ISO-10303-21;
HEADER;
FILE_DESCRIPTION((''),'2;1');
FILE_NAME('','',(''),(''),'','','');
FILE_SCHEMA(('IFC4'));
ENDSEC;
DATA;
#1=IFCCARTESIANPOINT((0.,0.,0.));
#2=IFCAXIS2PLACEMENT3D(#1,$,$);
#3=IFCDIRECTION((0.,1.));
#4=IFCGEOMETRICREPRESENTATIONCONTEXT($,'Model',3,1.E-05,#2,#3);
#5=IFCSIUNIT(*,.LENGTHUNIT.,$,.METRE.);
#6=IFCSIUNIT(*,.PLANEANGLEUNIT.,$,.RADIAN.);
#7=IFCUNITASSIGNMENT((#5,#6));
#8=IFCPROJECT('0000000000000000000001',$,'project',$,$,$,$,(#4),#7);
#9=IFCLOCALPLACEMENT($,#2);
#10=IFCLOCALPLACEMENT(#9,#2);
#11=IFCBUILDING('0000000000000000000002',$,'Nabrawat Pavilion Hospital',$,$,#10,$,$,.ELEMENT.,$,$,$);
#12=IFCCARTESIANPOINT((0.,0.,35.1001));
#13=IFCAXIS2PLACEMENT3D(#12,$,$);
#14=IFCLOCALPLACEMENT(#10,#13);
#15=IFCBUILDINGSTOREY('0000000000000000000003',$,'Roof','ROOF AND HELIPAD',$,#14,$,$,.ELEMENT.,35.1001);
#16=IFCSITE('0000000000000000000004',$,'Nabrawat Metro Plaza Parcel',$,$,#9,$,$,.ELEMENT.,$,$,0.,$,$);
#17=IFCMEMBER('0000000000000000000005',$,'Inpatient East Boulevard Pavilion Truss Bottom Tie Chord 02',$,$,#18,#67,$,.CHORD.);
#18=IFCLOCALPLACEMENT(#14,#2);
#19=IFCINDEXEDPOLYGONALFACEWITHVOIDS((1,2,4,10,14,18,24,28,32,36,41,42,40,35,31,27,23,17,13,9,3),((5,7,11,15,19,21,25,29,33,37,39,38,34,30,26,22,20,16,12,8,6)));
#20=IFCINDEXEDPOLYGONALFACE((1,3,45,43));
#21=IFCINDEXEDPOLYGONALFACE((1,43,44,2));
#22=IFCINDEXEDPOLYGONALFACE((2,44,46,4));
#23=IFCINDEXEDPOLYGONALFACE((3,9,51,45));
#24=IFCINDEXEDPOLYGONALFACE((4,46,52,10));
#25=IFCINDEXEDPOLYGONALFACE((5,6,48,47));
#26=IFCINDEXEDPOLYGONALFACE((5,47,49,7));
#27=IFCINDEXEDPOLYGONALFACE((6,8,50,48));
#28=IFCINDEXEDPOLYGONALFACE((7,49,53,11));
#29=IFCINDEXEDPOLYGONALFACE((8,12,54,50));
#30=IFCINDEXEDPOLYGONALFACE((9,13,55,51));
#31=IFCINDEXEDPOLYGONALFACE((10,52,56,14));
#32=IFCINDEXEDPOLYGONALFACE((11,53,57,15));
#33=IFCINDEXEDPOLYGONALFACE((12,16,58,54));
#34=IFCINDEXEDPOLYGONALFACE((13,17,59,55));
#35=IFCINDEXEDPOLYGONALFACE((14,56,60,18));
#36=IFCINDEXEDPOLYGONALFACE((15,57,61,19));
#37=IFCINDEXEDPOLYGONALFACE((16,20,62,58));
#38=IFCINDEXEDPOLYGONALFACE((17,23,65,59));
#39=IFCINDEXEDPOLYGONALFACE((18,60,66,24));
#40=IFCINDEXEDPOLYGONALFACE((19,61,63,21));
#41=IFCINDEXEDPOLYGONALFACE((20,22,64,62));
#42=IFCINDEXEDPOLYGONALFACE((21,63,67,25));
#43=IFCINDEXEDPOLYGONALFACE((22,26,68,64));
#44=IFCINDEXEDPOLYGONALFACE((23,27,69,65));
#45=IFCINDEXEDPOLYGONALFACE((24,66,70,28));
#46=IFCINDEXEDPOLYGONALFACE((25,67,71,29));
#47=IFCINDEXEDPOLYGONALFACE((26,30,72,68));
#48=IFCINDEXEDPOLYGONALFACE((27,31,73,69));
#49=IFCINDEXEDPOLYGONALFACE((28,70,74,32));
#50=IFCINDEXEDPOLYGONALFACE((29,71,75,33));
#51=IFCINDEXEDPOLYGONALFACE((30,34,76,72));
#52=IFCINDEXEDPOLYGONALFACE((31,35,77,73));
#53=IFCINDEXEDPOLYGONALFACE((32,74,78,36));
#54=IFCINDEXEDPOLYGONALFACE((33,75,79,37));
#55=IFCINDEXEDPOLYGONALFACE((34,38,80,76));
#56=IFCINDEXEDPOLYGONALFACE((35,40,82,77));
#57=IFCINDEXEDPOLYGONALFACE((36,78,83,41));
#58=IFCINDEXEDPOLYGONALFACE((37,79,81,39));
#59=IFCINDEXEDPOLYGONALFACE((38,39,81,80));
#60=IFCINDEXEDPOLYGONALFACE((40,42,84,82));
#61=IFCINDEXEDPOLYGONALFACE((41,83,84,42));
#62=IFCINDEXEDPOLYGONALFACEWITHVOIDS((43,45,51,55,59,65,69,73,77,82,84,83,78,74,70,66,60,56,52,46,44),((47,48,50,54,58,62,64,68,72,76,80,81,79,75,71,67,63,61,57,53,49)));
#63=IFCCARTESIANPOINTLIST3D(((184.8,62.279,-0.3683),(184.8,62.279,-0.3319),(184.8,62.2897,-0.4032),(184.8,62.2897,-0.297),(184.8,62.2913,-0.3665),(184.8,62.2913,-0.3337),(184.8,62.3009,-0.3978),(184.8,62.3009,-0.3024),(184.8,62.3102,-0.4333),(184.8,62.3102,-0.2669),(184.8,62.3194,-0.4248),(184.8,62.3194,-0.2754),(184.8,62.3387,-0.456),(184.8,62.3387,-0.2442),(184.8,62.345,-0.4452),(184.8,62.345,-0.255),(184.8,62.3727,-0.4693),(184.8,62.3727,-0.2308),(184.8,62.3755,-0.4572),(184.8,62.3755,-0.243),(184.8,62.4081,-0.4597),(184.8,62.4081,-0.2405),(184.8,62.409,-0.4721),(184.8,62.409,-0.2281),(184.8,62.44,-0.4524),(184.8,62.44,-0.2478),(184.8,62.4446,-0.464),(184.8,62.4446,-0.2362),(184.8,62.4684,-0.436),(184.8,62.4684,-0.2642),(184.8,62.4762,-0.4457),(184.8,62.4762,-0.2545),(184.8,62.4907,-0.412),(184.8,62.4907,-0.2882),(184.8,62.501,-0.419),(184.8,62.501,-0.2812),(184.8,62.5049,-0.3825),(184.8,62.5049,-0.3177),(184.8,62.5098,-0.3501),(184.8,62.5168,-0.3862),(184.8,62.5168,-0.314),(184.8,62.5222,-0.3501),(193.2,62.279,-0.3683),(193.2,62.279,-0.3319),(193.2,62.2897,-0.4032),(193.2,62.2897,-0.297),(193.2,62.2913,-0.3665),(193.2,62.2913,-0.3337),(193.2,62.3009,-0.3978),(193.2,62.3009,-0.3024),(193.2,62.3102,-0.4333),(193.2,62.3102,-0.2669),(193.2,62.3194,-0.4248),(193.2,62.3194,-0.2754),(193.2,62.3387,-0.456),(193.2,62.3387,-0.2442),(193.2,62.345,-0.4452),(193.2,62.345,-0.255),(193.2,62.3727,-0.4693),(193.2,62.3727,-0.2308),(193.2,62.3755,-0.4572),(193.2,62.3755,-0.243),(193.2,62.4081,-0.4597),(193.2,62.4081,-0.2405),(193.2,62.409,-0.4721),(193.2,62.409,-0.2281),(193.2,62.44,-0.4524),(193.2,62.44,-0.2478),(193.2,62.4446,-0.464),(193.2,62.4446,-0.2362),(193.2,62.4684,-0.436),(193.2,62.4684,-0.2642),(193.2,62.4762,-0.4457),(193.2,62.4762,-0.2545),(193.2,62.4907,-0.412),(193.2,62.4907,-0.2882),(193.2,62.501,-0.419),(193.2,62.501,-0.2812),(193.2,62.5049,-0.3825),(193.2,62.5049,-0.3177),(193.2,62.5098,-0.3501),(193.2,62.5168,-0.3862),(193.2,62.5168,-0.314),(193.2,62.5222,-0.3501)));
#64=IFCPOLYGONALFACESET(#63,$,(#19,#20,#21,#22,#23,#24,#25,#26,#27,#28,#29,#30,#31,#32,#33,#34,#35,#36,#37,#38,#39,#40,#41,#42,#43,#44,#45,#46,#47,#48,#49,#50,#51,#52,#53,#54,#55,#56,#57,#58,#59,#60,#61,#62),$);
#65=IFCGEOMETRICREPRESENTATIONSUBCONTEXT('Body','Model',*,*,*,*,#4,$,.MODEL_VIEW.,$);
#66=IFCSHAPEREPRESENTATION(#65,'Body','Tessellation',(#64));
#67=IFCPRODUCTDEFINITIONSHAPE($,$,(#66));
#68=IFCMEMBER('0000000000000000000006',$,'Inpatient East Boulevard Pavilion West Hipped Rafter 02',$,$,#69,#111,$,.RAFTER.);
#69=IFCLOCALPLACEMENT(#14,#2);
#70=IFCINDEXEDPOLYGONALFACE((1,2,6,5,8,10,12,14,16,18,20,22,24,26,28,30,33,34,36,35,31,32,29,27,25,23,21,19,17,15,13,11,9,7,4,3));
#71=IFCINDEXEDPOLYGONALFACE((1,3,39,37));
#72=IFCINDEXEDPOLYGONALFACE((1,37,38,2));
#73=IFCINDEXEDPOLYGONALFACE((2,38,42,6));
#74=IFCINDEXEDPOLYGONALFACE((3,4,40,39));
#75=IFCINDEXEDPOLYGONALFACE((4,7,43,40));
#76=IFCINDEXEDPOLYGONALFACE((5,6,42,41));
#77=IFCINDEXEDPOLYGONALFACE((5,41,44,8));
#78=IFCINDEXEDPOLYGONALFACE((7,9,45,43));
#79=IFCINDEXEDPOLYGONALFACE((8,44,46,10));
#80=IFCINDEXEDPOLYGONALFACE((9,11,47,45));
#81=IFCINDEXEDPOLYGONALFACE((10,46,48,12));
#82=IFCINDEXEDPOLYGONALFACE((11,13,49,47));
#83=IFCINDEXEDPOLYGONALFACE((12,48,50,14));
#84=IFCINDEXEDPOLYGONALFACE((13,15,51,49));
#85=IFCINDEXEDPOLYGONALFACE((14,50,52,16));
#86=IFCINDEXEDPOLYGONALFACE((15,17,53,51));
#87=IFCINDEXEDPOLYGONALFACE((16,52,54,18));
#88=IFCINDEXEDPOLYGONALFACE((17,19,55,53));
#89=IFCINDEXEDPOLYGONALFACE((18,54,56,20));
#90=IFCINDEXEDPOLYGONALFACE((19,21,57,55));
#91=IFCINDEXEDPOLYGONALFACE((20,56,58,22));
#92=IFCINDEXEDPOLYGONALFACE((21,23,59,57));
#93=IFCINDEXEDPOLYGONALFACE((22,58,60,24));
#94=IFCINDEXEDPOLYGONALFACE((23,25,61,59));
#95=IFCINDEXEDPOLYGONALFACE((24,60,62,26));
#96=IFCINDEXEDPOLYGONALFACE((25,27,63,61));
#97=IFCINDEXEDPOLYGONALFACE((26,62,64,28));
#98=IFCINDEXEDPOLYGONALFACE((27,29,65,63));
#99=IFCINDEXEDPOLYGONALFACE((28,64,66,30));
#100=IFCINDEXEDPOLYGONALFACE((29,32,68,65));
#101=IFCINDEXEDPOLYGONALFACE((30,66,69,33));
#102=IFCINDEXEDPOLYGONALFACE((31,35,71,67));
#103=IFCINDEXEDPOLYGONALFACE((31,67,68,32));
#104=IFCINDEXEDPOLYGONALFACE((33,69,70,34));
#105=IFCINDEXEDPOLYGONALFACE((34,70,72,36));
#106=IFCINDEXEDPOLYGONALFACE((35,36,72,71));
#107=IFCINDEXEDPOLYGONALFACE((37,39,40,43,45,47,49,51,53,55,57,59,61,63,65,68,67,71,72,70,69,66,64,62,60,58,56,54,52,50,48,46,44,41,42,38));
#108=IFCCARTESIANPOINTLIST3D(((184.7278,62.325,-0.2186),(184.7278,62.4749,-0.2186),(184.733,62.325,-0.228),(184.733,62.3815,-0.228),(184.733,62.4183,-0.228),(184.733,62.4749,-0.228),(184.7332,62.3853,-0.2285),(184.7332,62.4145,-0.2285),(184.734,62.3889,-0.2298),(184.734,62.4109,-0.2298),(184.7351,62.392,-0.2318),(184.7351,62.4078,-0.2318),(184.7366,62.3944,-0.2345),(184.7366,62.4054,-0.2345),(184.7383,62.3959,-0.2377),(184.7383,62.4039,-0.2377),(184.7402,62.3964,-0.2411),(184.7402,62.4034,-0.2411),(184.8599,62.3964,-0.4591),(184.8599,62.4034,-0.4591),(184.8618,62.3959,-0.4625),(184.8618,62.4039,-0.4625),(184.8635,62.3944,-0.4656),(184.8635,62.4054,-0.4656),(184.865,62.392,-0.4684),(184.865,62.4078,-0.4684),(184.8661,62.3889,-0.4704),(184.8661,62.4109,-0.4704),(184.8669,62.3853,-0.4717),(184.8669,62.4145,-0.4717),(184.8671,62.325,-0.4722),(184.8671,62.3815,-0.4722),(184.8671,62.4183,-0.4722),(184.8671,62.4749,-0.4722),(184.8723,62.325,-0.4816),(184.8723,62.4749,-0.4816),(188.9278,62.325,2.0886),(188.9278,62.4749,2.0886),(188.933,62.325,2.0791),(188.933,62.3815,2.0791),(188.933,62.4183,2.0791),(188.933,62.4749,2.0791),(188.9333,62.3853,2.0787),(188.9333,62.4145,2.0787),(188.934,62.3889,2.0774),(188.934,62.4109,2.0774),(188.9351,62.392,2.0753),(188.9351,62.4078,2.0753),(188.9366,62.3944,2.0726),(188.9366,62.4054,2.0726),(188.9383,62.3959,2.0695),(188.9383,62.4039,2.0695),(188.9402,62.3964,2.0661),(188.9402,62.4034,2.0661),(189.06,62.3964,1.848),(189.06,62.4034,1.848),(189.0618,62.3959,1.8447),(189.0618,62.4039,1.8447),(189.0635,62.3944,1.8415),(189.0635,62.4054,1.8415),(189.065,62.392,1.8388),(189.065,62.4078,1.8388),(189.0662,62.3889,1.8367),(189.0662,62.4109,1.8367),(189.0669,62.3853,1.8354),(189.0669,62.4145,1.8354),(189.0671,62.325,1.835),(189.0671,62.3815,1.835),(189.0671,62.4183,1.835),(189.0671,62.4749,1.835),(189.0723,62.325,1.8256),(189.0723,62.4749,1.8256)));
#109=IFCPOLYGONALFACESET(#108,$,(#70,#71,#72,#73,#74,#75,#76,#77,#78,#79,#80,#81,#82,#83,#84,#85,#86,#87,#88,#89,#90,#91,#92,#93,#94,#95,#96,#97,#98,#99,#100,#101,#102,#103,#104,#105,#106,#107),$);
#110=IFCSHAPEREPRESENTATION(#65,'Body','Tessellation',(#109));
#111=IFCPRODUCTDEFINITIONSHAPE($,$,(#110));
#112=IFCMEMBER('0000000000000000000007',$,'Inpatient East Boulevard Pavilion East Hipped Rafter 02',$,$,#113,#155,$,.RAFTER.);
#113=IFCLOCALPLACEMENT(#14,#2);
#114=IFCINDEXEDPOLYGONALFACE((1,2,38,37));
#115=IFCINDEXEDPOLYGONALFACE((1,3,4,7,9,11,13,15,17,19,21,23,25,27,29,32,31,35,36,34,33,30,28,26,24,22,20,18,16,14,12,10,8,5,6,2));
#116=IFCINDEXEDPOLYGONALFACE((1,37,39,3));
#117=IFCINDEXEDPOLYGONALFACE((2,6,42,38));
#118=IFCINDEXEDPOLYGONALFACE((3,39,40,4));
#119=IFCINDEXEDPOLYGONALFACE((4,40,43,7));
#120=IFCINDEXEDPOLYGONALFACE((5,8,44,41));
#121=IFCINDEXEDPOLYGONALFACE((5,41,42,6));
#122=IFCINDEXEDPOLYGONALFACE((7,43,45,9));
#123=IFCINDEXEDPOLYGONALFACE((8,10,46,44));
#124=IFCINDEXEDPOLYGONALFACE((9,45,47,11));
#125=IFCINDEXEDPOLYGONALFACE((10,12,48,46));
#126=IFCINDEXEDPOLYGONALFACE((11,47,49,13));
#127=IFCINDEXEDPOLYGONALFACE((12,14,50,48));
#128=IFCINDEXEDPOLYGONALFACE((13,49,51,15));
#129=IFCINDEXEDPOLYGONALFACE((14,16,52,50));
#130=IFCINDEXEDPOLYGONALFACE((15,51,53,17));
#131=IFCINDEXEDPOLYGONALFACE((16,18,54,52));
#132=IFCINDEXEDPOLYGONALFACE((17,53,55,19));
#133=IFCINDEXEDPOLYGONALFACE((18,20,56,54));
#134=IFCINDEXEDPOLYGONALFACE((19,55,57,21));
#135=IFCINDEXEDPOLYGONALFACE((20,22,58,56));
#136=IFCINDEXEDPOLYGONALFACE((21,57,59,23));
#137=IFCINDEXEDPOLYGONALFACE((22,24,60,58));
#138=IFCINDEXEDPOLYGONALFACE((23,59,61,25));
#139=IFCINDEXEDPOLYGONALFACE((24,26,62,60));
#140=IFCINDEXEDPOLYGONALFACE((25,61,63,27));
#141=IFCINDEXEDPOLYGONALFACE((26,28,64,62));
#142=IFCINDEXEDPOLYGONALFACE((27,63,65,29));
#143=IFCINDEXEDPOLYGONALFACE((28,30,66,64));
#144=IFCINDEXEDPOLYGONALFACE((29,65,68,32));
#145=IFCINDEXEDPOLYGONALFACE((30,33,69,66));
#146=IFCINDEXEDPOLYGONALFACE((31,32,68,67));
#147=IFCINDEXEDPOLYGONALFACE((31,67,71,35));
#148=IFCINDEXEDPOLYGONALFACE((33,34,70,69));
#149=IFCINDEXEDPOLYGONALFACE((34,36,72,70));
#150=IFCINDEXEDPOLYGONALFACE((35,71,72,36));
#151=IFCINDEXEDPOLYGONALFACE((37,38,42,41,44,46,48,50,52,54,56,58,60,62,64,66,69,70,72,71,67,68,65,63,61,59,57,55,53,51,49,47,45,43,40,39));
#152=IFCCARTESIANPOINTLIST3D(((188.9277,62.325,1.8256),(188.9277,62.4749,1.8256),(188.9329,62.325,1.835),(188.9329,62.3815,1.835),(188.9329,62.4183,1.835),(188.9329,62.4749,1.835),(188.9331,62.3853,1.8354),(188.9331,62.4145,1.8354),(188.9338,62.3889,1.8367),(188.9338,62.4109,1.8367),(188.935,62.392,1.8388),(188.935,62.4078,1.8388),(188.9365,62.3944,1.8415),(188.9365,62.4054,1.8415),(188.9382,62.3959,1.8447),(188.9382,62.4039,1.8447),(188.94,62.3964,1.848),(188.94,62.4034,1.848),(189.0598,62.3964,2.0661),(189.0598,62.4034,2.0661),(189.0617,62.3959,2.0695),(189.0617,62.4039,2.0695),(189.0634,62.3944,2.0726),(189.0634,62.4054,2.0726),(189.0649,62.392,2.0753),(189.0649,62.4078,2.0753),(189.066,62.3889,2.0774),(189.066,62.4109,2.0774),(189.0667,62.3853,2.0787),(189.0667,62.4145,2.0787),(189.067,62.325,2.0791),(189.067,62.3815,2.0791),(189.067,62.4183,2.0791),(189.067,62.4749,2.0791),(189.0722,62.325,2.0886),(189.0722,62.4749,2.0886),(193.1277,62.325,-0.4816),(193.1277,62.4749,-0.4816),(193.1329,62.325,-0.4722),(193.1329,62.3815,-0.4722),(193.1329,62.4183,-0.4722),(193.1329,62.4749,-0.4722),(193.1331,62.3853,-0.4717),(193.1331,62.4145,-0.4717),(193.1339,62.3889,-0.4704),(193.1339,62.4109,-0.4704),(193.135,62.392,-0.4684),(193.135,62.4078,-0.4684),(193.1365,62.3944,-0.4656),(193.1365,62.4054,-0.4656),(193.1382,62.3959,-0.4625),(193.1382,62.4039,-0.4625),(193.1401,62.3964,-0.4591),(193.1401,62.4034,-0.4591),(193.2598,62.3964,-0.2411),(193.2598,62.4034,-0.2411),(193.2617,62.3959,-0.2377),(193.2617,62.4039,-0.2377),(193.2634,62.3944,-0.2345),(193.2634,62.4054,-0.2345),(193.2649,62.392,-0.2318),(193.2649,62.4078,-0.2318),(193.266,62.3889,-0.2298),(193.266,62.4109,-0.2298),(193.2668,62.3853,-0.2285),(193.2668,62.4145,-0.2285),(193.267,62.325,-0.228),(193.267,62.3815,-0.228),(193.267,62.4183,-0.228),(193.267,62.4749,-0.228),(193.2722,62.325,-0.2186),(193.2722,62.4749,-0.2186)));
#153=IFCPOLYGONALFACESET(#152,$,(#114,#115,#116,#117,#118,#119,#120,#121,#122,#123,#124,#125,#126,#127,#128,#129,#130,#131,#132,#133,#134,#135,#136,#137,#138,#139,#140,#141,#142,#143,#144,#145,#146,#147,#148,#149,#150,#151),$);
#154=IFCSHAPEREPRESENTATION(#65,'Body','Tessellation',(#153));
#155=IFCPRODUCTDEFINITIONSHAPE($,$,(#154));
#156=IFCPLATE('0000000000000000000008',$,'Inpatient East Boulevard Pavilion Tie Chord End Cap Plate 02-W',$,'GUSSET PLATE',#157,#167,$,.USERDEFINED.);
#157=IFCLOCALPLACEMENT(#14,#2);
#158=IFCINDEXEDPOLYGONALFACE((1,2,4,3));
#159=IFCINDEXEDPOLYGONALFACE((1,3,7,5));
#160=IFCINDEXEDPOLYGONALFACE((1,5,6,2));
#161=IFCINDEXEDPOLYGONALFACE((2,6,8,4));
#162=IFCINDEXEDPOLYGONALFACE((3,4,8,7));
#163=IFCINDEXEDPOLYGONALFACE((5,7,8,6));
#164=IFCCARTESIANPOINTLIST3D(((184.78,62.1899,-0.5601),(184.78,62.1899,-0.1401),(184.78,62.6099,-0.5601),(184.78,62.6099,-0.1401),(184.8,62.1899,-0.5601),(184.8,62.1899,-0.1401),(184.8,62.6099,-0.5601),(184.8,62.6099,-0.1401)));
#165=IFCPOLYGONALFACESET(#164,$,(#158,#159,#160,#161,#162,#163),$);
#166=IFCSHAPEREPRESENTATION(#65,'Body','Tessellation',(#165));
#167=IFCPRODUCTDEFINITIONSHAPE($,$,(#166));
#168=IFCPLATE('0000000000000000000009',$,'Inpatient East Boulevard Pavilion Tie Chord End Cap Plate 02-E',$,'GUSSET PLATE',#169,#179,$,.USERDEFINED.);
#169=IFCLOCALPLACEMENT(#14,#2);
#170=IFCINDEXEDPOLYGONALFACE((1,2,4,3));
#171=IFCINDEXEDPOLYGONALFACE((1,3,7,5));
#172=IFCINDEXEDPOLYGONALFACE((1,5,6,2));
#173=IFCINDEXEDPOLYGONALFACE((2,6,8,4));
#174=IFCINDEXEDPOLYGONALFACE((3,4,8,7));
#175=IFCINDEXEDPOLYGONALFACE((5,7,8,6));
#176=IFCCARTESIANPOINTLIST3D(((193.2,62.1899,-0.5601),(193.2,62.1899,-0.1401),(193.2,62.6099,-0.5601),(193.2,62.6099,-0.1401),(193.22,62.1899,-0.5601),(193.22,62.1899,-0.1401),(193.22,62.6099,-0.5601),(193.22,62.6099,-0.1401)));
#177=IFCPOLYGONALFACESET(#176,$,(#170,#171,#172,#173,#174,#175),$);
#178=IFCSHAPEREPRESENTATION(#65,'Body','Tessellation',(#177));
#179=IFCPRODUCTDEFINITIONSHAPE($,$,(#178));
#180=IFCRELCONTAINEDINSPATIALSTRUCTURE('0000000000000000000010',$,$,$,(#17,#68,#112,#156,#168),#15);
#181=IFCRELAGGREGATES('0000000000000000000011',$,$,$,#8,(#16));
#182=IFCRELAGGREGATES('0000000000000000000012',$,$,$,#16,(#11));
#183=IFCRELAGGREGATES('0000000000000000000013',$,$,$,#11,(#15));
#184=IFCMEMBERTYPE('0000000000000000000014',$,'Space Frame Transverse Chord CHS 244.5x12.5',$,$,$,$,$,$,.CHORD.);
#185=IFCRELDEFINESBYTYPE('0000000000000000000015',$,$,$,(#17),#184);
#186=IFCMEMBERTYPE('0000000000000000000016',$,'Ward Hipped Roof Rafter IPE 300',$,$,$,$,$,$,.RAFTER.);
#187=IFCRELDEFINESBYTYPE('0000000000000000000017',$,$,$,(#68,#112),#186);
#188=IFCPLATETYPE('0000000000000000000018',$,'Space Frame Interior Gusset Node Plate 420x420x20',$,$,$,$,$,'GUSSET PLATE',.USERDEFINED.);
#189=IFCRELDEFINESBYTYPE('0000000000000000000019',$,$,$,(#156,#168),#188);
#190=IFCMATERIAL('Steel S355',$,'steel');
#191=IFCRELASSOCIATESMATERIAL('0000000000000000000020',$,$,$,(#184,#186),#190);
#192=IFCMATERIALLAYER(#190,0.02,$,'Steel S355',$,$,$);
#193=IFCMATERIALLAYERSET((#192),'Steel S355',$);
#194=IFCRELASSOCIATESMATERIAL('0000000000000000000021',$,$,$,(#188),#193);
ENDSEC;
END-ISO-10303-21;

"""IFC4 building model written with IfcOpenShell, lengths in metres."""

from ifc_helpers import new_model, si_unit, direction, frame, origin, origin_2d, place, context, subcontext, project, spatial, rectangle, hollow_circle, i_section, extrude, material, layer, layer_set, material_profile, profile_set, type_object, element, save


model = new_model("IFC4")

# Units and contexts
model_context = context("Model", 3, precision=1e-05, world=origin(), true_north=direction((0.0, 1.0)))
body_context = subcontext(model_context, "Body", "Model", "MODEL_VIEW")
ifc_project = project(units=[si_unit("LENGTHUNIT", "METRE"), si_unit("PLANEANGLEUNIT", "RADIAN")], contexts=[model_context])

# Site, building, storey
site_placement = place(None, origin())
site = spatial("IfcSite", under=ifc_project, at=site_placement, Name="Nabrawat Metro Plaza Parcel", CompositionType="ELEMENT", RefElevation=0.0)
building_placement = place(site_placement, origin())
building = spatial("IfcBuilding", under=site, at=building_placement, Name="Nabrawat Pavilion Hospital", CompositionType="ELEMENT")
storey_placement = place(building_placement, frame((0.0, 0.0, 35.1001)))
storey = spatial("IfcBuildingStorey", under=building, at=storey_placement, Name="Roof", Description="ROOF AND HELIPAD", CompositionType="ELEMENT", Elevation=35.1001)

# Shared definitions
ifc_material_1 = material(Name="Steel S355", Category="steel")

# Members
ifc_material_profile_1 = material_profile(ifc_material_1, hollow_circle(Radius=0.1223, WallThickness=0.0125, at=origin_2d()), Name="CHS 244.5x12.5")
ifc_profile_set_1 = profile_set([ifc_material_profile_1], Name="Steel S355")
member_type_1 = type_object("IfcMemberType", Name="Space Frame Transverse Chord CHS 244.5x12.5", PredefinedType="CHORD", material=ifc_profile_set_1)
member_placement = place(storey_placement, frame((184.8, 62.3999, -0.3501), z_axis=(1.0, 0.0, 0.0), x_axis=(0.0, 1.0, 0.0)))
element("IfcMember", 1, at=member_placement, inside=storey, type_object=member_type_1, Name="Inpatient East Boulevard Pavilion Truss Bottom Tie Chord 02", PredefinedType="CHORD", context=body_context, shape_type="SweptSolid", body=[
    extrude(hollow_circle(Radius=0.1223, WallThickness=0.0125, at=origin_2d()), origin(), (0.0, 0.0, 1.0), 8.3999),
])
ifc_material_profile_2 = material_profile(ifc_material_1, i_section(OverallWidth=0.1499, OverallDepth=0.3, WebThickness=0.0071, FlangeThickness=0.0107, FilletRadius=0.0149, at=origin_2d()), Name="IPE 300")
ifc_profile_set_2 = profile_set([ifc_material_profile_2], Name="Steel S355")
member_type_2 = type_object("IfcMemberType", Name="Ward Hipped Roof Rafter IPE 300", PredefinedType="RAFTER", material=ifc_profile_set_2)
for number, where, z_axis, x_axis, name in (
    (2, (184.8, 62.3999, -0.3501), (0.876466, 0.0, 0.481463), (0.0, 1.0, 0.0), "Inpatient East Boulevard Pavilion West Hipped Rafter 02"),
    (3, (193.2, 62.3999, -0.3501), (-0.876466, 0.0, 0.481463), (0.0, -1.0, 0.0), "Inpatient East Boulevard Pavilion East Hipped Rafter 02"),
):
    element("IfcMember", number, at=place(storey_placement, frame(where, z_axis=z_axis, x_axis=x_axis)), inside=storey, type_object=member_type_2, Name=name, PredefinedType="RAFTER", context=body_context, shape_type="SweptSolid", body=[
        extrude(i_section(OverallWidth=0.1499, OverallDepth=0.3, WebThickness=0.0071, FlangeThickness=0.0107, FilletRadius=0.0149, at=origin_2d()), origin(), (0.0, 0.0, 1.0), 4.792),
    ])

# Plates
ifc_layer_1 = layer(ifc_material_1, 0.02, Name="Steel S355")
ifc_layer_set_1 = layer_set([ifc_layer_1], Name="Steel S355")
plate_type = type_object("IfcPlateType", Name="Space Frame Interior Gusset Node Plate 420x420x20", ElementType="GUSSET PLATE", PredefinedType="USERDEFINED", material=ifc_layer_set_1)
for number, where, z_axis, x_axis, name in (
    (4, (184.79, 62.3999, -0.5601), (0.0, 0.0, 1.0), (1.0, 0.0, 0.0), "Inpatient East Boulevard Pavilion Tie Chord End Cap Plate 02-W"),
    (5, (193.21, 62.3999, -0.5601), (0.0, 0.0, 1.0), (1.0, 0.0, 0.0), "Inpatient East Boulevard Pavilion Tie Chord End Cap Plate 02-E"),
):
    element("IfcPlate", number, at=place(storey_placement, frame(where, z_axis=z_axis, x_axis=x_axis)), inside=storey, type_object=plate_type, Name=name, ObjectType="GUSSET PLATE", PredefinedType="USERDEFINED", context=body_context, shape_type="SweptSolid", body=[
        extrude(rectangle(XDim=0.02, YDim=0.4199, at=origin_2d()), origin(), (0.0, 0.0, 1.0), 0.4199),
    ])

save(model, "model.ifc")
